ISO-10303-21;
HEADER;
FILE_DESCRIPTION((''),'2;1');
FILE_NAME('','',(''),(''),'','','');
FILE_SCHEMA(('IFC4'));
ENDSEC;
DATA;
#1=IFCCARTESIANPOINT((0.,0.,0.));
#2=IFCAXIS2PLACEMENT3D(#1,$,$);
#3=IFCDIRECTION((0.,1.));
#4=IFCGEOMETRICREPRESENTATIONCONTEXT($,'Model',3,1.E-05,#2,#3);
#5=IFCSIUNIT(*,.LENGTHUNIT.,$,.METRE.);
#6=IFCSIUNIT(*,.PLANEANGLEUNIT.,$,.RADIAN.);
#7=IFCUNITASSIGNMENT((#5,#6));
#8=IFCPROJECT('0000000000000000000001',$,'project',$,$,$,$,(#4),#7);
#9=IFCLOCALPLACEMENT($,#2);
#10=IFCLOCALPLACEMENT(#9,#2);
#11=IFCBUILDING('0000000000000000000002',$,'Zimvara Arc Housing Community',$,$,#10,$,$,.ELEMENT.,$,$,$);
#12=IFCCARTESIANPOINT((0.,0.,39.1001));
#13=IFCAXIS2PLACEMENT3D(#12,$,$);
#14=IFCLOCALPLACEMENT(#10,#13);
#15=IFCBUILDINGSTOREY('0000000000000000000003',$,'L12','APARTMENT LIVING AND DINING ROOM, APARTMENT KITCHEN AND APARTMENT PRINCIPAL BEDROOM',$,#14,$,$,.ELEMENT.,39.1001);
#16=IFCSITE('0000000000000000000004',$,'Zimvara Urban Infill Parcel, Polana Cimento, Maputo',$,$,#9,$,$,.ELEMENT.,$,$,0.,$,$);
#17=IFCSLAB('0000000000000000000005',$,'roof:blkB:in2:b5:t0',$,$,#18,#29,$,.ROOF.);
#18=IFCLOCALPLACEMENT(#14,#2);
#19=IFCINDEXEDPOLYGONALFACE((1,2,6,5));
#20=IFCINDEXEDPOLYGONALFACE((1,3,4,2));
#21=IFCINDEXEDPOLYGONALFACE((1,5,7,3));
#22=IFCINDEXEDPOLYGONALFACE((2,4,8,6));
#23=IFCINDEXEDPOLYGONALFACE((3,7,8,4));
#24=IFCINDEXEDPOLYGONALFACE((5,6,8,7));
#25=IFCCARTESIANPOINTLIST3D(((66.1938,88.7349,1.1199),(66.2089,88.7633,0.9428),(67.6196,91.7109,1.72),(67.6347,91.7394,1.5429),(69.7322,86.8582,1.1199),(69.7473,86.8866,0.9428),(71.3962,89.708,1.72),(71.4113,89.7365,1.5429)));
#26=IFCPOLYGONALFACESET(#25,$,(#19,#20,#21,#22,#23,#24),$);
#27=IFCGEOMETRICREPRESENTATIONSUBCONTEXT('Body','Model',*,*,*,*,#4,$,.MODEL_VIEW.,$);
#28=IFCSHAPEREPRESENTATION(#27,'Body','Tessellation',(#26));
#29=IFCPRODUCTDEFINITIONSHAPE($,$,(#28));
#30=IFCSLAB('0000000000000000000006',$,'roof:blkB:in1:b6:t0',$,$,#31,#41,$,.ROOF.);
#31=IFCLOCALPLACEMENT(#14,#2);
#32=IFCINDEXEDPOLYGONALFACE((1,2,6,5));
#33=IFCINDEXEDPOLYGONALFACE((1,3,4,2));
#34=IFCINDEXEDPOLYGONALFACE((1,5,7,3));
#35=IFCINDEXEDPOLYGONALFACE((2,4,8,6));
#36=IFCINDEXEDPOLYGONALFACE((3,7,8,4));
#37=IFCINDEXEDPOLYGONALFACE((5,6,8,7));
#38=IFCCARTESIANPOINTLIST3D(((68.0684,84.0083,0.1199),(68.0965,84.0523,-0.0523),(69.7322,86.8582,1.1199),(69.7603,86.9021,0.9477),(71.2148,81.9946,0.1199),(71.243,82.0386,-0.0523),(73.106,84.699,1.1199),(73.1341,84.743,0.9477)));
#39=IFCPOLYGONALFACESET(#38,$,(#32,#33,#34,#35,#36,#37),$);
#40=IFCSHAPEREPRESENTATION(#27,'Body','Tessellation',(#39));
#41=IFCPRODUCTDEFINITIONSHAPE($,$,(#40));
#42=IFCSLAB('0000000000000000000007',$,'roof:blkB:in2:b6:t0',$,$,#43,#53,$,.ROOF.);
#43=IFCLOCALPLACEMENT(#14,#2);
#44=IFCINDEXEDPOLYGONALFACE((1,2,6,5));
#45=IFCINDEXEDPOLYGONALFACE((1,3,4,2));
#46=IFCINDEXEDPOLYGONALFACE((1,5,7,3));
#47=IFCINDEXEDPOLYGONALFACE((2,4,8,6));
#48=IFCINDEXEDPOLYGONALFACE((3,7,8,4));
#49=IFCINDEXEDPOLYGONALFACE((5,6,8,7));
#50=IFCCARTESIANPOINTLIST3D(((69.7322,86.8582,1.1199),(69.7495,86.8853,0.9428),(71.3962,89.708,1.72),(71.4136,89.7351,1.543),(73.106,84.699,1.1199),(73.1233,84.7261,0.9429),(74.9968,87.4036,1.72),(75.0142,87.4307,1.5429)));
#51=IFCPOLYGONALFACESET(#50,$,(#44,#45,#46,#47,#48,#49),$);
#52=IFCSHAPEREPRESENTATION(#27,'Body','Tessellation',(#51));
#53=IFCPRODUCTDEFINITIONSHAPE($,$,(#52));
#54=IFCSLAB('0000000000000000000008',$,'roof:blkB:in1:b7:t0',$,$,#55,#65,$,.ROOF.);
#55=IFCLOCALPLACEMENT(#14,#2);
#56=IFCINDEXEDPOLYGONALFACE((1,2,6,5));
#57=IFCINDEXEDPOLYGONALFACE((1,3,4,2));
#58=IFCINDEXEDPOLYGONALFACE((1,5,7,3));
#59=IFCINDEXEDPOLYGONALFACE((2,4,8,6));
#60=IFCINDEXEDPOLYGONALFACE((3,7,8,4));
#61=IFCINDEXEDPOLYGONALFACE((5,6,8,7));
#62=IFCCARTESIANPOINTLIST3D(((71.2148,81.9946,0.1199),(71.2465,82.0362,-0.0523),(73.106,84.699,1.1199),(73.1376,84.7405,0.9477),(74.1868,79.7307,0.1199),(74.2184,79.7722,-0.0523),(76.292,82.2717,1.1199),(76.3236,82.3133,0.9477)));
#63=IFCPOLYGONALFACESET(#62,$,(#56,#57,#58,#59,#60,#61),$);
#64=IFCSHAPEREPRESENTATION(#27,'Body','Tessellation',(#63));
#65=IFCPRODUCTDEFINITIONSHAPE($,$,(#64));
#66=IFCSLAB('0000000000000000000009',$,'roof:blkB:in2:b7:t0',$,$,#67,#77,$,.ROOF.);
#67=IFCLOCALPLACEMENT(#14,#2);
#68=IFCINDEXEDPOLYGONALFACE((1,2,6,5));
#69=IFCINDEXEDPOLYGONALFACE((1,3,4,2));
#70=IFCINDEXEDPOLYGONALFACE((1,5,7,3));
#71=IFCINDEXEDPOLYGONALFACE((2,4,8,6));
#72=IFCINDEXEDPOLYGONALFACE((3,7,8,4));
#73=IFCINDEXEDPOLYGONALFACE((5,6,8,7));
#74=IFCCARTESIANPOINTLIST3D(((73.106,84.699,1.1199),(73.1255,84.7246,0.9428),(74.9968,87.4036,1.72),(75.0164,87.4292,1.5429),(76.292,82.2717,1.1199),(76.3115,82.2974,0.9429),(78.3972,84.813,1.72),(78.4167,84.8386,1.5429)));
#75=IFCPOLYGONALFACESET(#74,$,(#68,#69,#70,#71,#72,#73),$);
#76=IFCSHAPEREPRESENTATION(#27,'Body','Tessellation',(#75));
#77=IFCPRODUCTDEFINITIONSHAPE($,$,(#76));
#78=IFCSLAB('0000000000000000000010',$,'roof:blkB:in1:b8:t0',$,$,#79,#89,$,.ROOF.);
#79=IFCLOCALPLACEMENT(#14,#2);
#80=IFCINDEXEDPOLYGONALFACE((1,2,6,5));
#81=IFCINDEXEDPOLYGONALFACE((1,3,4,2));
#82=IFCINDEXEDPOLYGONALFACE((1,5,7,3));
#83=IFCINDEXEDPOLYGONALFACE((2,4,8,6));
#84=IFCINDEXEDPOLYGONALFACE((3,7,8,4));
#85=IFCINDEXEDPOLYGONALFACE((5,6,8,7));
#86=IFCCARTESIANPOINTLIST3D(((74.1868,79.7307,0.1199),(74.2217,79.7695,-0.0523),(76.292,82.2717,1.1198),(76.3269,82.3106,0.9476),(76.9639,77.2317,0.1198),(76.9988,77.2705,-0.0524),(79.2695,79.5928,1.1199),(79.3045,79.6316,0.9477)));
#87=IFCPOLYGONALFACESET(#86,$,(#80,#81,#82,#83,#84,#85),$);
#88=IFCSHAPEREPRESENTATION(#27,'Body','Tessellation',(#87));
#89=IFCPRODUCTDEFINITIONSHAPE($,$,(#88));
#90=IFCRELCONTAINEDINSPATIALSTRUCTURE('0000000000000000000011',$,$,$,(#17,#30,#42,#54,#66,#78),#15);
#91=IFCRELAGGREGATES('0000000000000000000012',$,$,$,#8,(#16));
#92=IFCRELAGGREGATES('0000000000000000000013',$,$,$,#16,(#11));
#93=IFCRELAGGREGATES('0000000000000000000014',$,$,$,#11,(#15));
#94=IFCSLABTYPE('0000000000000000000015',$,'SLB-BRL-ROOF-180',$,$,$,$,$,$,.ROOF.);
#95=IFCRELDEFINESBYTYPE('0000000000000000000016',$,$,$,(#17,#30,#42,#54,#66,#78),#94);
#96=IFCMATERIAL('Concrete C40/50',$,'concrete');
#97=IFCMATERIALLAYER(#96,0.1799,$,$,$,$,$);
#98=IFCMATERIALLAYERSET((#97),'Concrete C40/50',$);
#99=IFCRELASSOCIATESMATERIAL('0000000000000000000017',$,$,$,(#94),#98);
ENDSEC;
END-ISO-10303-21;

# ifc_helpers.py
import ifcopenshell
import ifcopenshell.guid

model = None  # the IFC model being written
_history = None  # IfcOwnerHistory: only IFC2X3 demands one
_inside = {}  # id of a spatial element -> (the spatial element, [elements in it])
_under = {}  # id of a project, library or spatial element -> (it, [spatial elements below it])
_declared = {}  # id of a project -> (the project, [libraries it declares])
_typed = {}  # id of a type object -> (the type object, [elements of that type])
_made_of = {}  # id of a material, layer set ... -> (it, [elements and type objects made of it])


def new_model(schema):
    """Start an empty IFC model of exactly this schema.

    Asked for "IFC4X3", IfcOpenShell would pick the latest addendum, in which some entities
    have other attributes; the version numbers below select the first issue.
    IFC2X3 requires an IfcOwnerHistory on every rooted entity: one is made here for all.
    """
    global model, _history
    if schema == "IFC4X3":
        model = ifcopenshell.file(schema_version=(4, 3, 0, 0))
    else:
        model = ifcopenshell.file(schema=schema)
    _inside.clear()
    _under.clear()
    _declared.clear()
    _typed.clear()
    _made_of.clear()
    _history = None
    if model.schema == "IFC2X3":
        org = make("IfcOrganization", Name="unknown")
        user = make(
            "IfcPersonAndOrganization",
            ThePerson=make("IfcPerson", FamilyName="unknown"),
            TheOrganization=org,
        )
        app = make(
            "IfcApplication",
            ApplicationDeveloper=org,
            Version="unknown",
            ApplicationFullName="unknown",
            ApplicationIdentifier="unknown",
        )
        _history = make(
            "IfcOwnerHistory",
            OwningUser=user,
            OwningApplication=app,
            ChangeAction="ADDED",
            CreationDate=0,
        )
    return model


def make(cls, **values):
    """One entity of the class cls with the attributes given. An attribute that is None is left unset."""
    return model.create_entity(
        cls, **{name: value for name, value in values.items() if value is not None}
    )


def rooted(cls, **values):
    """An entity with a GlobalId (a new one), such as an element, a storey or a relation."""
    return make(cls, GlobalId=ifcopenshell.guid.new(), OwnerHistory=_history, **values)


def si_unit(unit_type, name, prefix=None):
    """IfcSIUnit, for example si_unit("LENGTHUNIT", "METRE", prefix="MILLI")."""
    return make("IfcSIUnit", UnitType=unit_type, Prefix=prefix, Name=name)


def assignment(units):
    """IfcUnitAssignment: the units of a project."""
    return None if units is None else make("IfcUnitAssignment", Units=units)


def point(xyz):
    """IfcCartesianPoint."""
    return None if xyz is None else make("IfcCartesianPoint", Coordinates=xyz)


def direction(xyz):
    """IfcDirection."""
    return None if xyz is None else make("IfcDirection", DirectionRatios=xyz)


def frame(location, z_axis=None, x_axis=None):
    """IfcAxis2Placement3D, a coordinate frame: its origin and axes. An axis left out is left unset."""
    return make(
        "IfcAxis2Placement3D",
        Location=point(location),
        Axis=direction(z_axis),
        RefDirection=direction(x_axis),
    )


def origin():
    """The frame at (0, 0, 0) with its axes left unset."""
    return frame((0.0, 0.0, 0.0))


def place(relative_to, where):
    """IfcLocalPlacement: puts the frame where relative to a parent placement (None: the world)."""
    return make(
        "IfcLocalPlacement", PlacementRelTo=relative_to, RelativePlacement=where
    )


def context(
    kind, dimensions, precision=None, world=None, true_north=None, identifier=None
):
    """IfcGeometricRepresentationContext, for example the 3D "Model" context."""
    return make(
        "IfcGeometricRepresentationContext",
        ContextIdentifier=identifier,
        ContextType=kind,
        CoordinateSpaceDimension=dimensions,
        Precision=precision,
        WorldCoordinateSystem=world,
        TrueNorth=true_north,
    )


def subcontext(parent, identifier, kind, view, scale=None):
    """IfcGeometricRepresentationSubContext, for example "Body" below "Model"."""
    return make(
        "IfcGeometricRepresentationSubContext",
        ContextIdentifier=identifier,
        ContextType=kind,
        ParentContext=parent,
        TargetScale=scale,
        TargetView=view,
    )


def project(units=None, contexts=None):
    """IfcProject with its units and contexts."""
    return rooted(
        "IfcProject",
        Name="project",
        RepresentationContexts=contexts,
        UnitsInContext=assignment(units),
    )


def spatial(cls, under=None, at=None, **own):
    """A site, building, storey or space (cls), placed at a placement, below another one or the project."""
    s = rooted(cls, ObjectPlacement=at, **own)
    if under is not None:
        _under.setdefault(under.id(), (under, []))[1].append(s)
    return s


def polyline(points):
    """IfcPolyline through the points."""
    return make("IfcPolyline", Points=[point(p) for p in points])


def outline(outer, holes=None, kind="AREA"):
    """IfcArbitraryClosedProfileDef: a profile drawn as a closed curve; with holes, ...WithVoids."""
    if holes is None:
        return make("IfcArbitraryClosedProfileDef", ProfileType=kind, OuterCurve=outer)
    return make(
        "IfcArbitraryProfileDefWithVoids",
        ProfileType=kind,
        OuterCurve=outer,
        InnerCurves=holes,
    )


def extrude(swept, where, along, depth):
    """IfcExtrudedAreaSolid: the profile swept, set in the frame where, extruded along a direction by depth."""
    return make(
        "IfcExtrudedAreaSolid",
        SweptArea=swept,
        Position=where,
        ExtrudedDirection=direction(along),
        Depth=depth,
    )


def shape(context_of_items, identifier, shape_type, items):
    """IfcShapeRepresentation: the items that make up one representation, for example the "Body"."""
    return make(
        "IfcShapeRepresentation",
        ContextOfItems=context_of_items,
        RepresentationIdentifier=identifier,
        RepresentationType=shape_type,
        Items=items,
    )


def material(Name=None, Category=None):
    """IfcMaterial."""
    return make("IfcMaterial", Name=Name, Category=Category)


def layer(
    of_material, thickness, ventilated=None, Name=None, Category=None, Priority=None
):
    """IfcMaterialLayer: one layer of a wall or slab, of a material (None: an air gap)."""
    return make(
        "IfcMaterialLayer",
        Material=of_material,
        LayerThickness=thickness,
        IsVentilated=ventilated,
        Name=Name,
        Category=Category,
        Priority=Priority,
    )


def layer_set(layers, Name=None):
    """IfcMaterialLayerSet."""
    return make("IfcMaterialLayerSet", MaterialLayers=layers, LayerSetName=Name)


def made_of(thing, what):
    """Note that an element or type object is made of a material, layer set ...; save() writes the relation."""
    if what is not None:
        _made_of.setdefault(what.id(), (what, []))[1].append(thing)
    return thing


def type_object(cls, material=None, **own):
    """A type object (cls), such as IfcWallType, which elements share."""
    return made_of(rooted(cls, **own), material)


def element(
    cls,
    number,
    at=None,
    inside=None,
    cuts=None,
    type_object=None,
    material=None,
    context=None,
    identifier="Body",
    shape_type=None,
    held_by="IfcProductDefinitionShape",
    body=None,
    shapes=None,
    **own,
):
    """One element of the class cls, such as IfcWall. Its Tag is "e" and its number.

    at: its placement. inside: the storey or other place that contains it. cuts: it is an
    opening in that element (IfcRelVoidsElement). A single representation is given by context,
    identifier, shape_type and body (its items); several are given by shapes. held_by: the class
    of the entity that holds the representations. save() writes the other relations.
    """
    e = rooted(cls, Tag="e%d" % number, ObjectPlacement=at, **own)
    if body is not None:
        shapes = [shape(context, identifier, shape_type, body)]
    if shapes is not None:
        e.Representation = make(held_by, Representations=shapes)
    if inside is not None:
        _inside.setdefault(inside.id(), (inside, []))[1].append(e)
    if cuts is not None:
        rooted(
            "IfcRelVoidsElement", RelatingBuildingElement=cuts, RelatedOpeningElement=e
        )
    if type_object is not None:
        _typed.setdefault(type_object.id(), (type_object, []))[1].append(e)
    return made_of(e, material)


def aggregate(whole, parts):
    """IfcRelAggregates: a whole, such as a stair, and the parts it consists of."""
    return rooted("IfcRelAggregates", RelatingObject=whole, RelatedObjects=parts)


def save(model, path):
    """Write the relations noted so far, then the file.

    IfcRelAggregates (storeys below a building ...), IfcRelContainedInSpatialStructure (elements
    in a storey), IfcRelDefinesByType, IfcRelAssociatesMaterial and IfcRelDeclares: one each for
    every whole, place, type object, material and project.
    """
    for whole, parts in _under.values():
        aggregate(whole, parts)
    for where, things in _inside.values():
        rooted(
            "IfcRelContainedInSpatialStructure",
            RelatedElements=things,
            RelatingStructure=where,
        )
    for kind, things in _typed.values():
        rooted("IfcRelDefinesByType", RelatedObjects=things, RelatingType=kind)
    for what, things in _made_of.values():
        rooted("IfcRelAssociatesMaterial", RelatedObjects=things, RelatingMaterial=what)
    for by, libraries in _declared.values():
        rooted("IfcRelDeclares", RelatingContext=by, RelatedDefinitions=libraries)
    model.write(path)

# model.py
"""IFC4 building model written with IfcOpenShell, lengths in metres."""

from ifc_helpers import new_model, si_unit, direction, frame, origin, place, context, subcontext, project, spatial, polyline, outline, extrude, material, layer, layer_set, type_object, element, save


model = new_model("IFC4")

# Units and contexts
model_context = context("Model", 3, precision=1e-05, world=origin(), true_north=direction((0.0, 1.0)))
body_context = subcontext(model_context, "Body", "Model", "MODEL_VIEW")
ifc_project = project(units=[si_unit("LENGTHUNIT", "METRE"), si_unit("PLANEANGLEUNIT", "RADIAN")], contexts=[model_context])

# Site, building, storey
site_placement = place(None, origin())
site = spatial("IfcSite", under=ifc_project, at=site_placement, Name="Zimvara Urban Infill Parcel, Polana Cimento, Maputo", CompositionType="ELEMENT", RefElevation=0.0)
building_placement = place(site_placement, origin())
building = spatial("IfcBuilding", under=site, at=building_placement, Name="Zimvara Arc Housing Community", CompositionType="ELEMENT")
storey_placement = place(building_placement, frame((0.0, 0.0, 39.1001)))
storey = spatial("IfcBuildingStorey", under=building, at=storey_placement, Name="L12", Description="APARTMENT LIVING AND DINING ROOM, APARTMENT KITCHEN AND APARTMENT PRINCIPAL BEDROOM", CompositionType="ELEMENT", Elevation=39.1001)

# Slabs
ifc_material_1 = material(Name="Concrete C40/50", Category="concrete")
ifc_layer_1 = layer(ifc_material_1, 0.1799)
ifc_layer_set_1 = layer_set([ifc_layer_1], Name="Concrete C40/50")
slab_type = type_object("IfcSlabType", Name="SLB-BRL-ROOF-180", PredefinedType="ROOF", material=ifc_layer_set_1)
slab_1_placement = place(storey_placement, frame((66.1938, 88.7349, 1.1199), z_axis=(-0.083897, -0.158185, 0.983839), x_axis=(0.883429, -0.468565, -0.000003)))
element("IfcSlab", 1, at=slab_1_placement, inside=storey, type_object=slab_type, Name="roof:blkB:in2:b5:t0", PredefinedType="ROOF", context=body_context, shape_type="SweptSolid", body=[
    extrude(outline(polyline([(0.0, 0.0), (4.0052, 0.0), (4.14, 3.3515), (-0.1349, 3.3514), (0.0, 0.0)])), origin(), (0.0, 0.0, -1.0), 0.1799),
])
slab_2_placement = place(storey_placement, frame((68.0684, 84.0083, 0.1199), z_axis=(-0.156447, -0.244455, 0.956957), x_axis=(0.842281, -0.539039, 0.000001)))
element("IfcSlab", 2, at=slab_2_placement, inside=storey, type_object=slab_type, Name="roof:blkB:in1:b6:t0", PredefinedType="ROOF", context=body_context, shape_type="SweptSolid", body=[
    extrude(outline(polyline([(0.0, 0.0), (3.7357, 0.0), (3.8708, 3.4455), (-0.1348, 3.4455), (0.0, 0.0)])), origin(), (0.0, 0.0, -1.0), 0.1799),
])
slab_3_placement = place(storey_placement, frame((69.7322, 86.8582, 1.1199), z_axis=(-0.09652, -0.150812, 0.983839), x_axis=(0.842276, -0.539047, 0.000002)))
element("IfcSlab", 3, at=slab_3_placement, inside=storey, type_object=slab_type, Name="roof:blkB:in2:b6:t0", PredefinedType="ROOF", context=body_context, shape_type="SweptSolid", body=[
    extrude(outline(polyline([(0.0, 0.0), (4.0056, 0.0), (4.1403, 3.3514), (-0.1346, 3.3515), (0.0, 0.0)])), origin(), (0.0, 0.0, -1.0), 0.1799),
])
slab_4_placement = place(storey_placement, frame((71.2148, 81.9946, 0.1199), z_axis=(-0.175882, -0.230875, 0.956955), x_axis=(0.795483, -0.605976, 0.000006)))
element("IfcSlab", 4, at=slab_4_placement, inside=storey, type_object=slab_type, Name="roof:blkB:in1:b7:t0", PredefinedType="ROOF", context=body_context, shape_type="SweptSolid", body=[
    extrude(outline(polyline([(0.0, 0.0), (3.736, 0.0), (3.8709, 3.4454), (-0.1344, 3.4455), (0.0, 0.0)])), origin(), (0.0, 0.0, -1.0), 0.1799),
])
slab_5_placement = place(storey_placement, frame((73.106, 84.699, 1.1199), z_axis=(-0.108511, -0.142432, 0.983839), x_axis=(0.795457, -0.60601, 0.0)))
element("IfcSlab", 5, at=slab_5_placement, inside=storey, type_object=slab_type, Name="roof:blkB:in2:b7:t0", PredefinedType="ROOF", context=body_context, shape_type="SweptSolid", body=[
    extrude(outline(polyline([(0.0, 0.0), (4.0053, 0.0), (4.1399, 3.3514), (-0.1349, 3.3514), (0.0, 0.0)])), origin(), (0.0, 0.0, -1.0), 0.1799),
])
slab_6_placement = place(storey_placement, frame((74.1868, 79.7307, 0.1199), z_axis=(-0.19413, -0.21575, 0.956956), x_axis=(0.743345, -0.668908, -0.000012)))
element("IfcSlab", 6, at=slab_6_placement, inside=storey, type_object=slab_type, Name="roof:blkB:in1:b8:t0", PredefinedType="ROOF", context=body_context, shape_type="SweptSolid", body=[
    extrude(outline(polyline([(0.0, 0.0), (3.736, 0.0), (3.8705, 3.4457), (-0.1348, 3.4454), (0.0, 0.0)])), origin(), (0.0, 0.0, -1.0), 0.1799),
])

save(model, "model.ifc")
